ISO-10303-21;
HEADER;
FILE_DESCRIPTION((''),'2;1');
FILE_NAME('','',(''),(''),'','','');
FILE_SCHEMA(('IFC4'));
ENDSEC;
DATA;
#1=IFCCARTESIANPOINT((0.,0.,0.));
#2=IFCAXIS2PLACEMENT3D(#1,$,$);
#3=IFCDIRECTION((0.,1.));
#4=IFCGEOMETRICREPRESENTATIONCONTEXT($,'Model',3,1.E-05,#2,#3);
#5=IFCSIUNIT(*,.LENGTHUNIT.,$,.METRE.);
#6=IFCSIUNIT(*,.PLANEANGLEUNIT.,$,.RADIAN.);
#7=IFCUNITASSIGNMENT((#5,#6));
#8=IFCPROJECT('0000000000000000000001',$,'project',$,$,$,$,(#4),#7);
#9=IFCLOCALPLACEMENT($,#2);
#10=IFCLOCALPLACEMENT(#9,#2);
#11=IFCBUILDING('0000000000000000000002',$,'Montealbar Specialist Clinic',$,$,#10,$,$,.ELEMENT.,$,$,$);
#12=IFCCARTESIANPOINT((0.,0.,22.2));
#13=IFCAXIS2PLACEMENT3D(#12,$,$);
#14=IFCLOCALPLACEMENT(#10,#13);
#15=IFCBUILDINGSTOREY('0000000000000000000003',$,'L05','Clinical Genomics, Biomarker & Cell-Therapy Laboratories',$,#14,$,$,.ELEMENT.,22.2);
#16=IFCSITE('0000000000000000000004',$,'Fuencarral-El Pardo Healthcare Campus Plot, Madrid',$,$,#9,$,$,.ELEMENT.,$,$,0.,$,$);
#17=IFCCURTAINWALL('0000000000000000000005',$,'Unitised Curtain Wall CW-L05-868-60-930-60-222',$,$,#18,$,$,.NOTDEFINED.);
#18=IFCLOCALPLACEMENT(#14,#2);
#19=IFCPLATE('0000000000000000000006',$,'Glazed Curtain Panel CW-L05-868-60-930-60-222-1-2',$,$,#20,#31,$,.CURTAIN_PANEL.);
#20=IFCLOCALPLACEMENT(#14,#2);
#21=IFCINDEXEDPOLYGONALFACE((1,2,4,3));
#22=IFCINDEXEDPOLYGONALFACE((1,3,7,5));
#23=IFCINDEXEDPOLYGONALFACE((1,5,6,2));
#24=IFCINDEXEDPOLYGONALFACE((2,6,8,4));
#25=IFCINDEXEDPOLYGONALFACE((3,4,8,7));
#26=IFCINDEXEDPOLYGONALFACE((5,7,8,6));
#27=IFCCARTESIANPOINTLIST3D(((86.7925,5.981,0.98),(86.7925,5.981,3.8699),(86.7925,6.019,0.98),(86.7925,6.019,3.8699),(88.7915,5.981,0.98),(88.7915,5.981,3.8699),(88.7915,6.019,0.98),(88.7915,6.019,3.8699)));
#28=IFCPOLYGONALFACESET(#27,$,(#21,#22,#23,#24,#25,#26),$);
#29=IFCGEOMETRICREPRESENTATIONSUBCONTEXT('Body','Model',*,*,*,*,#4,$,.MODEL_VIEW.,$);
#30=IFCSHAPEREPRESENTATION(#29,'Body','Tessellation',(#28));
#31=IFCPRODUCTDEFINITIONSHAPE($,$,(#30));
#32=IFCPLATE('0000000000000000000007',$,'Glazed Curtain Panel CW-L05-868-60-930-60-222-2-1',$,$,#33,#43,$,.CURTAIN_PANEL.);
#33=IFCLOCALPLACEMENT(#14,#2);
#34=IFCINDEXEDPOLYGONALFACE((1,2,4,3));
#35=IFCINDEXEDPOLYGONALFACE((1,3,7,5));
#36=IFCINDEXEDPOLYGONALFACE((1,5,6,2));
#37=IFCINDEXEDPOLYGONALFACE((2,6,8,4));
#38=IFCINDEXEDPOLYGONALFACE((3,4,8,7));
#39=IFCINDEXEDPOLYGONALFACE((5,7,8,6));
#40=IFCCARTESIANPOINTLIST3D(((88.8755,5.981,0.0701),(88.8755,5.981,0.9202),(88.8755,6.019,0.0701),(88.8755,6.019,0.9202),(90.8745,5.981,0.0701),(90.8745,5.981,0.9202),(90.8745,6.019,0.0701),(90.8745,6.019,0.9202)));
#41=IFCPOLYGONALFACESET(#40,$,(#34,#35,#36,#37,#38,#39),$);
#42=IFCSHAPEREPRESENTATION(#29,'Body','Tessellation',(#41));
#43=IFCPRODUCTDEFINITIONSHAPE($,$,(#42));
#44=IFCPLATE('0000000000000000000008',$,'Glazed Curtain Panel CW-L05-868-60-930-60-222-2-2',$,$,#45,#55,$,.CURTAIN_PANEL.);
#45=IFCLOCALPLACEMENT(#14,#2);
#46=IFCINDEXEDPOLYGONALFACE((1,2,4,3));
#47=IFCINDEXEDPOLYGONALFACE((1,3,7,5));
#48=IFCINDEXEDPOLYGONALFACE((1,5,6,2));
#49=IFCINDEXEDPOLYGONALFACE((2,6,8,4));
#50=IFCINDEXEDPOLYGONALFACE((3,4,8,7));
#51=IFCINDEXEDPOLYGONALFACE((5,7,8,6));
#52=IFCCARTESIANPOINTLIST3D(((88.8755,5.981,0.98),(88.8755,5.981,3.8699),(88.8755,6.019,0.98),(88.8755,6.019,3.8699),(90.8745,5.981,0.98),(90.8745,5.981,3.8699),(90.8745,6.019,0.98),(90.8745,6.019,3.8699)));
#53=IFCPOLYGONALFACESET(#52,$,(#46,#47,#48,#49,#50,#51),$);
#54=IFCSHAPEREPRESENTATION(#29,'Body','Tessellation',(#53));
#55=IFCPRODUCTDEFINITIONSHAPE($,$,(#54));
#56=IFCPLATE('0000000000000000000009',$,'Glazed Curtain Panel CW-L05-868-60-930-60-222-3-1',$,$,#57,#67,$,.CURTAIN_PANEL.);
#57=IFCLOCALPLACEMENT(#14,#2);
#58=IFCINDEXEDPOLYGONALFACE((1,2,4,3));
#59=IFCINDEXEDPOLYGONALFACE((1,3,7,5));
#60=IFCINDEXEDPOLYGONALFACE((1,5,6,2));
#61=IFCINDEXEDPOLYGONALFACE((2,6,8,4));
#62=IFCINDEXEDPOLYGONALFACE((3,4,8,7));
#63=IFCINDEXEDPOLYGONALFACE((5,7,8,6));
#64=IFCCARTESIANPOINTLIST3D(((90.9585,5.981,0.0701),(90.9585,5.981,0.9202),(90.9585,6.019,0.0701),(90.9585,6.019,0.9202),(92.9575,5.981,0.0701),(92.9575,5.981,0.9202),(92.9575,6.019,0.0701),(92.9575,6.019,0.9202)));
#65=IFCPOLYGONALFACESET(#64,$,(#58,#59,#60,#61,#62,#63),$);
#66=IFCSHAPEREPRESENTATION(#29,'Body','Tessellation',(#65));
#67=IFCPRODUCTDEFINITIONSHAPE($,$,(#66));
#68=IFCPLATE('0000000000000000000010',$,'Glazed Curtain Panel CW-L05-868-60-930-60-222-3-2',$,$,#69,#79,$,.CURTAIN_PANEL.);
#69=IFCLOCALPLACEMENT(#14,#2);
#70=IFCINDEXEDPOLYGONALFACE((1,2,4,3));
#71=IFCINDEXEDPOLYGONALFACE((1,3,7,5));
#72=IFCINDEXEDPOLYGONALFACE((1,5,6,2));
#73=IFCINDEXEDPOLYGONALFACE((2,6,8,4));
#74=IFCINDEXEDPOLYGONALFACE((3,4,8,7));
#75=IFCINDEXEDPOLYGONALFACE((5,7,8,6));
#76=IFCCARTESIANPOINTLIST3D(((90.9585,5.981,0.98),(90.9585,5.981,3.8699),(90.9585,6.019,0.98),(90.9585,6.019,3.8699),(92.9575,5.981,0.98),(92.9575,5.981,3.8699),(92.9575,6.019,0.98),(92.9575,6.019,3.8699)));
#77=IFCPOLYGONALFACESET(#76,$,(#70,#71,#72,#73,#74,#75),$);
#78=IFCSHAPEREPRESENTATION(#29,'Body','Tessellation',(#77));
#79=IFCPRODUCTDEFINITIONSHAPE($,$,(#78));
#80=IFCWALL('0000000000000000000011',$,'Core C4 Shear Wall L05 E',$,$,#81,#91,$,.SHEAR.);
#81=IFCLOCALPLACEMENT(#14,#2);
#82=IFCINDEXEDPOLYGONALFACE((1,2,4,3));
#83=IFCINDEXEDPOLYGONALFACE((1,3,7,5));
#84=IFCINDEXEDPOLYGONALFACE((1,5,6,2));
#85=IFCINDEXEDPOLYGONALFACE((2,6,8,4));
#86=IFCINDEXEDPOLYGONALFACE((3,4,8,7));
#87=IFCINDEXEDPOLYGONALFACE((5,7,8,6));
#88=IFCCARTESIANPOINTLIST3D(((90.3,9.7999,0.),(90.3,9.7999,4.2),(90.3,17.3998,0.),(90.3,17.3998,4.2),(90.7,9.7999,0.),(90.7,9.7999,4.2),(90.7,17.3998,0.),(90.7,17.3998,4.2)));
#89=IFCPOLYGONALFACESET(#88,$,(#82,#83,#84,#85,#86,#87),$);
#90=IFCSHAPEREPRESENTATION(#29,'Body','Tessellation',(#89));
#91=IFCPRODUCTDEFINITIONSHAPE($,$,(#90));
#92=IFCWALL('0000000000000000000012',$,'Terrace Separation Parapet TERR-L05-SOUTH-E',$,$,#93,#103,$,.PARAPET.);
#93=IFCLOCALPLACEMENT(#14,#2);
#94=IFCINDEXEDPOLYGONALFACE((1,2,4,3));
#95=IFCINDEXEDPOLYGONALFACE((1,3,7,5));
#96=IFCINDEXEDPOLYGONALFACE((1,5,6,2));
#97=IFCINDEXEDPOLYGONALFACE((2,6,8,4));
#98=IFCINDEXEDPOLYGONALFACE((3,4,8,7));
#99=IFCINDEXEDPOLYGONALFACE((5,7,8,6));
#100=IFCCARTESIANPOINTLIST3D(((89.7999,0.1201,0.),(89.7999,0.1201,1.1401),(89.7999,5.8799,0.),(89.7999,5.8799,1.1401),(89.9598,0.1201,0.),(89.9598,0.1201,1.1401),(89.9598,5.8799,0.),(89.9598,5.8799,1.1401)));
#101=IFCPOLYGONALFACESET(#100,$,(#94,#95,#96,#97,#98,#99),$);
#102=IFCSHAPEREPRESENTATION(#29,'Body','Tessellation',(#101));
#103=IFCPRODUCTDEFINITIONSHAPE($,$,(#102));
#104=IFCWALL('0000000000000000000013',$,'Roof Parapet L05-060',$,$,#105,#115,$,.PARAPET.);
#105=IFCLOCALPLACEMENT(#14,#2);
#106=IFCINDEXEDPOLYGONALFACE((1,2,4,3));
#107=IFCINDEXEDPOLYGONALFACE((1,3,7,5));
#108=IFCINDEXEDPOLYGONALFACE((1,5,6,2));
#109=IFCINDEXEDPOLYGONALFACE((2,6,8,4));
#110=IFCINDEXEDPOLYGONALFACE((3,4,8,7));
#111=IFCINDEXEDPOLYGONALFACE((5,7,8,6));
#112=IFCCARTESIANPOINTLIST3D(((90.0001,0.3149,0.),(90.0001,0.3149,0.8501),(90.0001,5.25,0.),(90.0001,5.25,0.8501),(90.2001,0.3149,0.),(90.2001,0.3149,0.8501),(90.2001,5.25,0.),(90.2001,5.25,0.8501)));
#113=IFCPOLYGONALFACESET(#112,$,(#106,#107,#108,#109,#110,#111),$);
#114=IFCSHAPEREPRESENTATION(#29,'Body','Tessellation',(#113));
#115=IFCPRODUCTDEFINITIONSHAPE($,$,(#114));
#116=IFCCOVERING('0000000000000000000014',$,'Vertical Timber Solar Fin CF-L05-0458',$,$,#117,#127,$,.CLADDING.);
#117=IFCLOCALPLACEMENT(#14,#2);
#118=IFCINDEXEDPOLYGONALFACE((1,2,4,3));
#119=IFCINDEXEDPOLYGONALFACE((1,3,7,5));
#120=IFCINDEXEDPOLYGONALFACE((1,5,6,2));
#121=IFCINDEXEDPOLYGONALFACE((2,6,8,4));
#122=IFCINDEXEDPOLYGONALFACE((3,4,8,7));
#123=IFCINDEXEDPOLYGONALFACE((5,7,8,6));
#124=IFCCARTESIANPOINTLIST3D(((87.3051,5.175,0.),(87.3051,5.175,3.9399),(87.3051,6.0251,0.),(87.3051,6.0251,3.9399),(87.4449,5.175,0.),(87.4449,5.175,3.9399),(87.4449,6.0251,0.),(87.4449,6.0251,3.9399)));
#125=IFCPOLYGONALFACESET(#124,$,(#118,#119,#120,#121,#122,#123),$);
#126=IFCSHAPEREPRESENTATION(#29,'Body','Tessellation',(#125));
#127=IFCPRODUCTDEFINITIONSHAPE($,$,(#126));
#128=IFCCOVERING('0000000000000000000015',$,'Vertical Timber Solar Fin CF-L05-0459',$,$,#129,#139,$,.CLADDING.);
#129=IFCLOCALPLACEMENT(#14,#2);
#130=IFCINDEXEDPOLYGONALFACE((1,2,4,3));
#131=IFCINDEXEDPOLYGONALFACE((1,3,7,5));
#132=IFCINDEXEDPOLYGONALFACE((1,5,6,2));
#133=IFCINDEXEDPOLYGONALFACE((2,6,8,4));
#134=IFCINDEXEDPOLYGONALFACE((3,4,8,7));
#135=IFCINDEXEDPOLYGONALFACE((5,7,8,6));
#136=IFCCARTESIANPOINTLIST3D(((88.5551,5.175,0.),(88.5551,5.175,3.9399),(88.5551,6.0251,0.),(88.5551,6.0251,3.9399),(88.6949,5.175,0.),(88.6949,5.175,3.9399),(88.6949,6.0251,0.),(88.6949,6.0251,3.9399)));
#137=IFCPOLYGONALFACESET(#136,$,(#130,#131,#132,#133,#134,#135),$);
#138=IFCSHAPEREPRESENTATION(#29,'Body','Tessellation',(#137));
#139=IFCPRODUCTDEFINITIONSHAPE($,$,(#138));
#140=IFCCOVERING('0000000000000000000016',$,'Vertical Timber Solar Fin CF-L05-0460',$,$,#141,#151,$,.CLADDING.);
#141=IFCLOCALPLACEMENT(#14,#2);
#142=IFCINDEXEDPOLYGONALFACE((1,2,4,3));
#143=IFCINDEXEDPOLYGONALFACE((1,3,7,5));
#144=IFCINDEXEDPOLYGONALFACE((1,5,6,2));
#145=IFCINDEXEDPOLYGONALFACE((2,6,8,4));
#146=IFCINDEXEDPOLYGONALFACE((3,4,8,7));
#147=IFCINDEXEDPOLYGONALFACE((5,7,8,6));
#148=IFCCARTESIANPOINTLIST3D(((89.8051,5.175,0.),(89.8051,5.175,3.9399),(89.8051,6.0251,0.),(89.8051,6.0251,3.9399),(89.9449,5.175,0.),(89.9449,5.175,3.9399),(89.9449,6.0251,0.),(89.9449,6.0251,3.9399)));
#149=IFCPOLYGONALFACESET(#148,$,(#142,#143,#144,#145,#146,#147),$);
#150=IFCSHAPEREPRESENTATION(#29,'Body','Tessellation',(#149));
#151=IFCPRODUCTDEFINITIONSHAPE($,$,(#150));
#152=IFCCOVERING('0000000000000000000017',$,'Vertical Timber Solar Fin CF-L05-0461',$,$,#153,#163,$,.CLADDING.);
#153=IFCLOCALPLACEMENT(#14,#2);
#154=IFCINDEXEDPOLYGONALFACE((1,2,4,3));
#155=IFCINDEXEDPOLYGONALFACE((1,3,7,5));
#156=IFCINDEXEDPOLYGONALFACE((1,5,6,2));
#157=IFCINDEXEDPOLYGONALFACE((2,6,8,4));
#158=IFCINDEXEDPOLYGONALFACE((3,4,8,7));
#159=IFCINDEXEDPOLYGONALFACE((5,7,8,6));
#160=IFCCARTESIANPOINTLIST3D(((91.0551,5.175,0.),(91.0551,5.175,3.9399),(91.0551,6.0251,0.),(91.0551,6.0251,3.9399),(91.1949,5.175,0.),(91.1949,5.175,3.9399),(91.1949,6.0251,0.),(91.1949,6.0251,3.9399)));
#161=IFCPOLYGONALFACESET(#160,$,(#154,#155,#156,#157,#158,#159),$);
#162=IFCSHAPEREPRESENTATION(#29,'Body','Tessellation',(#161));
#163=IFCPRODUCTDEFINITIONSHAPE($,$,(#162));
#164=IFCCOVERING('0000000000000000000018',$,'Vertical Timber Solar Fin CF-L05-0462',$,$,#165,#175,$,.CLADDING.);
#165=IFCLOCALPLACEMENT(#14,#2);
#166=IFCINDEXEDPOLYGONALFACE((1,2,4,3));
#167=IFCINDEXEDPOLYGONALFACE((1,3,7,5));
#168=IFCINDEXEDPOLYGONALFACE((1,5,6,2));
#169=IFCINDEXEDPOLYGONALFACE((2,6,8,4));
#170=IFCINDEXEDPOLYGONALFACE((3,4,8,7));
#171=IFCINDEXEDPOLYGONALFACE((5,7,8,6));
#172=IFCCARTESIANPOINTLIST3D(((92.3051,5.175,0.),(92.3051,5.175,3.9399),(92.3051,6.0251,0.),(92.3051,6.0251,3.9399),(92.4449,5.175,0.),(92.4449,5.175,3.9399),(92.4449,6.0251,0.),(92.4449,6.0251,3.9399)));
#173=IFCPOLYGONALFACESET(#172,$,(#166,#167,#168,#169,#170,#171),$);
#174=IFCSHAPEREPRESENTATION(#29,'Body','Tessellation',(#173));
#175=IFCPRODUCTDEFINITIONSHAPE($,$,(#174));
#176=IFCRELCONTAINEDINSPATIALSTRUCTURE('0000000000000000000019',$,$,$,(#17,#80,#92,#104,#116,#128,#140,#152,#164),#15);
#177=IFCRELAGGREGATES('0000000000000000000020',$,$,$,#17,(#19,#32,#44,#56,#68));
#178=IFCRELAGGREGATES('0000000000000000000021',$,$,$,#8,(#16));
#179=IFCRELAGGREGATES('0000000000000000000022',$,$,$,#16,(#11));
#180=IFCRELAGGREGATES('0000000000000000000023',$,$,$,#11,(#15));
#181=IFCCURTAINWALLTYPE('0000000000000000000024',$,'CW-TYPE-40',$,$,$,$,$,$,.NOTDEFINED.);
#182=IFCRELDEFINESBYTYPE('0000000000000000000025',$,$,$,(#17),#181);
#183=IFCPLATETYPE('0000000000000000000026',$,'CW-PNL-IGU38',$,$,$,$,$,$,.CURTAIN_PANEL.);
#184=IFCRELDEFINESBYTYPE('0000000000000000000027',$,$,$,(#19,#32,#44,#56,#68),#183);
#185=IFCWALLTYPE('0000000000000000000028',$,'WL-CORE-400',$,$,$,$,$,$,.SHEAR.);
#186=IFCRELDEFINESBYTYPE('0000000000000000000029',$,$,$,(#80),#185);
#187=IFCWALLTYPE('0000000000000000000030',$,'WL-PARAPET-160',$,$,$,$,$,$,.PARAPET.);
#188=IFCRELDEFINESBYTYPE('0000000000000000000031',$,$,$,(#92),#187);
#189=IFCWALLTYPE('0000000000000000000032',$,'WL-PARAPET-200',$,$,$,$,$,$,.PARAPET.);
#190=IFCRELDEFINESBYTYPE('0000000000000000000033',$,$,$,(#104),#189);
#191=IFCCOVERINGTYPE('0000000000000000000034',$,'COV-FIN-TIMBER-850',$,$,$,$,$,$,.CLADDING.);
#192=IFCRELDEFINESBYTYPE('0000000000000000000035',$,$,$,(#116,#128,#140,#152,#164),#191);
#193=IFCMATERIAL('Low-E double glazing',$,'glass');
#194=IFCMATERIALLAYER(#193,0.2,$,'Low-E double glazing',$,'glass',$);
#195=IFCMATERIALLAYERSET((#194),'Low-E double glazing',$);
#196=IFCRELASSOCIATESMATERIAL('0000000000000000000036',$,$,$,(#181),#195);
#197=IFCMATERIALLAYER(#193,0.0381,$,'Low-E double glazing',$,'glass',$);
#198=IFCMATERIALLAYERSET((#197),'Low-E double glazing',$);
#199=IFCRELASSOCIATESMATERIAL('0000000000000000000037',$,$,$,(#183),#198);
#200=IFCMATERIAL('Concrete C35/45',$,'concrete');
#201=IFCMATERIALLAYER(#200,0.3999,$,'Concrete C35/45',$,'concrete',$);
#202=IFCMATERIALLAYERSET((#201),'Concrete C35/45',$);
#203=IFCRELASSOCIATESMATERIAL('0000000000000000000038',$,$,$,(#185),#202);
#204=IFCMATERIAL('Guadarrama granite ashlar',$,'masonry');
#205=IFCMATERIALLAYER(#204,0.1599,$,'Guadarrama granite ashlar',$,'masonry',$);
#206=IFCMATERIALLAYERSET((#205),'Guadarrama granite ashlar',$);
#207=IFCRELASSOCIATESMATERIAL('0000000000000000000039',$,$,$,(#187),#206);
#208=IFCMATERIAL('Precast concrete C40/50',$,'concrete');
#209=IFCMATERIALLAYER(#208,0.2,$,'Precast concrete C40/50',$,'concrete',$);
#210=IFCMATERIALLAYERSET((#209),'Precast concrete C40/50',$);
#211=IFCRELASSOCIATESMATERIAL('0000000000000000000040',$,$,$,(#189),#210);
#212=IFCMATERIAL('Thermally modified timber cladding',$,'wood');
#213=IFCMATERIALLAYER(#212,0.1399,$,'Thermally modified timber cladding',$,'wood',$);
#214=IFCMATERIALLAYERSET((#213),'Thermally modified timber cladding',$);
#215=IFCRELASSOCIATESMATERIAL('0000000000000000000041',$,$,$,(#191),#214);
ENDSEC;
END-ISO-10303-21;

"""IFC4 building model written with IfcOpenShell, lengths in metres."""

from ifc_helpers import new_model, si_unit, direction, frame, frame_2d, origin, origin_2d, place, context, subcontext, project, spatial, rectangle, extrude, material, layer, layer_set, type_object, element, aggregate, save


model = new_model("IFC4")

# Units and contexts
model_context = context("Model", 3, precision=1e-05, world=origin(), true_north=direction((0.0, 1.0)))
body_context = subcontext(model_context, "Body", "Model", "MODEL_VIEW")
ifc_project = project(units=[si_unit("LENGTHUNIT", "METRE"), si_unit("PLANEANGLEUNIT", "RADIAN")], contexts=[model_context])

# Site, building, storey
site_placement = place(None, origin())
site = spatial("IfcSite", under=ifc_project, at=site_placement, Name="Fuencarral-El Pardo Healthcare Campus Plot, Madrid", CompositionType="ELEMENT", RefElevation=0.0)
building_placement = place(site_placement, origin())
building = spatial("IfcBuilding", under=site, at=building_placement, Name="Montealbar Specialist Clinic", CompositionType="ELEMENT")
storey_placement = place(building_placement, frame((0.0, 0.0, 22.2)))
storey = spatial("IfcBuildingStorey", under=building, at=storey_placement, Name="L05", Description="Clinical Genomics, Biomarker & Cell-Therapy Laboratories", CompositionType="ELEMENT", Elevation=22.2)

# Curtain wall, plates
ifc_material_1 = material(Name="Low-E double glazing", Category="glass")
ifc_layer_1 = layer(ifc_material_1, 0.2, Name="Low-E double glazing", Category="glass")
ifc_layer_set_1 = layer_set([ifc_layer_1], Name="Low-E double glazing")
curtain_wall_type = type_object("IfcCurtainWallType", Name="CW-TYPE-40", PredefinedType="NOTDEFINED", material=ifc_layer_set_1)
curtain_wall_placement = place(storey_placement, origin())
curtain_wall = element("IfcCurtainWall", 1, at=curtain_wall_placement, inside=storey, type_object=curtain_wall_type, Name="Unitised Curtain Wall CW-L05-868-60-930-60-222", PredefinedType="NOTDEFINED")
ifc_layer_2 = layer(ifc_material_1, 0.0381, Name="Low-E double glazing", Category="glass")
ifc_layer_set_2 = layer_set([ifc_layer_2], Name="Low-E double glazing")
plate_type = type_object("IfcPlateType", Name="CW-PNL-IGU38", PredefinedType="CURTAIN_PANEL", material=ifc_layer_set_2)
plate_1_placement = place(storey_placement, frame((87.792, 6.0, 0.98), z_axis=(0.0, 0.0, 1.0), x_axis=(1.0, 0.0, 0.0)))
plate_1 = element("IfcPlate", 2, at=plate_1_placement, type_object=plate_type, Name="Glazed Curtain Panel CW-L05-868-60-930-60-222-1-2", PredefinedType="CURTAIN_PANEL", context=body_context, shape_type="SweptSolid", body=[
    extrude(rectangle(XDim=1.999, YDim=0.0381, at=origin_2d()), origin(), (0.0, 0.0, 1.0), 2.8899),
])
plate_2_placement = place(storey_placement, frame((89.875, 6.0, 0.0701), z_axis=(0.0, 0.0, 1.0), x_axis=(1.0, 0.0, 0.0)))
plate_2 = element("IfcPlate", 3, at=plate_2_placement, type_object=plate_type, Name="Glazed Curtain Panel CW-L05-868-60-930-60-222-2-1", PredefinedType="CURTAIN_PANEL", context=body_context, shape_type="SweptSolid", body=[
    extrude(rectangle(XDim=1.999, YDim=0.0381, at=origin_2d()), origin(), (0.0, 0.0, 1.0), 0.8501),
])
plate_3_placement = place(storey_placement, frame((89.875, 6.0, 0.98), z_axis=(0.0, 0.0, 1.0), x_axis=(1.0, 0.0, 0.0)))
plate_3 = element("IfcPlate", 4, at=plate_3_placement, type_object=plate_type, Name="Glazed Curtain Panel CW-L05-868-60-930-60-222-2-2", PredefinedType="CURTAIN_PANEL", context=body_context, shape_type="SweptSolid", body=[
    extrude(rectangle(XDim=1.999, YDim=0.0381, at=origin_2d()), origin(), (0.0, 0.0, 1.0), 2.8899),
])
plate_4_placement = place(storey_placement, frame((91.958, 6.0, 0.0701), z_axis=(0.0, 0.0, 1.0), x_axis=(1.0, 0.0, 0.0)))
plate_4 = element("IfcPlate", 5, at=plate_4_placement, type_object=plate_type, Name="Glazed Curtain Panel CW-L05-868-60-930-60-222-3-1", PredefinedType="CURTAIN_PANEL", context=body_context, shape_type="SweptSolid", body=[
    extrude(rectangle(XDim=1.999, YDim=0.0381, at=origin_2d()), origin(), (0.0, 0.0, 1.0), 0.8501),
])
plate_5_placement = place(storey_placement, frame((91.958, 6.0, 0.98), z_axis=(0.0, 0.0, 1.0), x_axis=(1.0, 0.0, 0.0)))
plate_5 = element("IfcPlate", 6, at=plate_5_placement, type_object=plate_type, Name="Glazed Curtain Panel CW-L05-868-60-930-60-222-3-2", PredefinedType="CURTAIN_PANEL", context=body_context, shape_type="SweptSolid", body=[
    extrude(rectangle(XDim=1.999, YDim=0.0381, at=origin_2d()), origin(), (0.0, 0.0, 1.0), 2.8899),
])
aggregate(curtain_wall, [plate_1, plate_2, plate_3, plate_4, plate_5])

# Walls
ifc_material_2 = material(Name="Concrete C35/45", Category="concrete")
ifc_layer_3 = layer(ifc_material_2, 0.3999, Name="Concrete C35/45", Category="concrete")
ifc_layer_set_3 = layer_set([ifc_layer_3], Name="Concrete C35/45")
wall_type_1 = type_object("IfcWallType", Name="WL-CORE-400", PredefinedType="SHEAR", material=ifc_layer_set_3)
wall_1_placement = place(storey_placement, frame((90.5, 9.8, 0.0), z_axis=(0.0, 0.0, 1.0), x_axis=(0.0, 1.0, 0.0)))
element("IfcWall", 7, at=wall_1_placement, inside=storey, type_object=wall_type_1, Name="Core C4 Shear Wall L05 E", PredefinedType="SHEAR", context=body_context, shape_type="SweptSolid", body=[
    extrude(rectangle(XDim=7.5999, YDim=0.3999, at=frame_2d((3.7998, 0.0))), origin(), (0.0, 0.0, 1.0), 4.2),
])
ifc_material_3 = material(Name="Guadarrama granite ashlar", Category="masonry")
ifc_layer_4 = layer(ifc_material_3, 0.1599, Name="Guadarrama granite ashlar", Category="masonry")
ifc_layer_set_4 = layer_set([ifc_layer_4], Name="Guadarrama granite ashlar")
wall_type_2 = type_object("IfcWallType", Name="WL-PARAPET-160", PredefinedType="PARAPET", material=ifc_layer_set_4)
wall_2_placement = place(storey_placement, frame((89.8799, 0.1201, 0.0), z_axis=(0.0, 0.0, 1.0), x_axis=(0.0, 1.0, 0.0)))
element("IfcWall", 8, at=wall_2_placement, inside=storey, type_object=wall_type_2, Name="Terrace Separation Parapet TERR-L05-SOUTH-E", PredefinedType="PARAPET", context=body_context, shape_type="SweptSolid", body=[
    extrude(rectangle(XDim=5.7598, YDim=0.1599, at=frame_2d((2.8799, 0.0))), origin(), (0.0, 0.0, 1.0), 1.1401),
])
ifc_material_4 = material(Name="Precast concrete C40/50", Category="concrete")
ifc_layer_5 = layer(ifc_material_4, 0.2, Name="Precast concrete C40/50", Category="concrete")
ifc_layer_set_5 = layer_set([ifc_layer_5], Name="Precast concrete C40/50")
wall_type_3 = type_object("IfcWallType", Name="WL-PARAPET-200", PredefinedType="PARAPET", material=ifc_layer_set_5)
wall_3_placement = place(storey_placement, frame((90.1001, 0.3149, 0.0), z_axis=(0.0, 0.0, 1.0), x_axis=(0.0, 1.0, 0.0)))
element("IfcWall", 9, at=wall_3_placement, inside=storey, type_object=wall_type_3, Name="Roof Parapet L05-060", PredefinedType="PARAPET", context=body_context, shape_type="SweptSolid", body=[
    extrude(rectangle(XDim=4.9351, YDim=0.2, at=frame_2d((2.4675, 0.0))), origin(), (0.0, 0.0, 1.0), 0.8501),
])

# Coverings
ifc_material_5 = material(Name="Thermally modified timber cladding", Category="wood")
ifc_layer_6 = layer(ifc_material_5, 0.1399, Name="Thermally modified timber cladding", Category="wood")
ifc_layer_set_6 = layer_set([ifc_layer_6], Name="Thermally modified timber cladding")
covering_type = type_object("IfcCoveringType", Name="COV-FIN-TIMBER-850", PredefinedType="CLADDING", material=ifc_layer_set_6)
for number, where, z_axis, x_axis, name in (
    (10, (87.375, 5.6001, 0.0), (0.0, 0.0, 1.0), (0.0, -1.0, 0.0), "Vertical Timber Solar Fin CF-L05-0458"),
    (11, (88.625, 5.6001, 0.0), (0.0, 0.0, 1.0), (0.0, -1.0, 0.0), "Vertical Timber Solar Fin CF-L05-0459"),
    (12, (89.875, 5.6001, 0.0), (0.0, 0.0, 1.0), (0.0, -1.0, 0.0), "Vertical Timber Solar Fin CF-L05-0460"),
    (13, (91.125, 5.6001, 0.0), (0.0, 0.0, 1.0), (0.0, -1.0, 0.0), "Vertical Timber Solar Fin CF-L05-0461"),
    (14, (92.375, 5.6001, 0.0), (0.0, 0.0, 1.0), (0.0, -1.0, 0.0), "Vertical Timber Solar Fin CF-L05-0462"),
):
    element("IfcCovering", number, at=place(storey_placement, frame(where, z_axis=z_axis, x_axis=x_axis)), inside=storey, type_object=covering_type, Name=name, PredefinedType="CLADDING", context=body_context, shape_type="SweptSolid", body=[
        extrude(rectangle(XDim=0.8501, YDim=0.1399, at=origin_2d()), origin(), (0.0, 0.0, 1.0), 3.9399),
    ])

save(model, "model.ifc")
